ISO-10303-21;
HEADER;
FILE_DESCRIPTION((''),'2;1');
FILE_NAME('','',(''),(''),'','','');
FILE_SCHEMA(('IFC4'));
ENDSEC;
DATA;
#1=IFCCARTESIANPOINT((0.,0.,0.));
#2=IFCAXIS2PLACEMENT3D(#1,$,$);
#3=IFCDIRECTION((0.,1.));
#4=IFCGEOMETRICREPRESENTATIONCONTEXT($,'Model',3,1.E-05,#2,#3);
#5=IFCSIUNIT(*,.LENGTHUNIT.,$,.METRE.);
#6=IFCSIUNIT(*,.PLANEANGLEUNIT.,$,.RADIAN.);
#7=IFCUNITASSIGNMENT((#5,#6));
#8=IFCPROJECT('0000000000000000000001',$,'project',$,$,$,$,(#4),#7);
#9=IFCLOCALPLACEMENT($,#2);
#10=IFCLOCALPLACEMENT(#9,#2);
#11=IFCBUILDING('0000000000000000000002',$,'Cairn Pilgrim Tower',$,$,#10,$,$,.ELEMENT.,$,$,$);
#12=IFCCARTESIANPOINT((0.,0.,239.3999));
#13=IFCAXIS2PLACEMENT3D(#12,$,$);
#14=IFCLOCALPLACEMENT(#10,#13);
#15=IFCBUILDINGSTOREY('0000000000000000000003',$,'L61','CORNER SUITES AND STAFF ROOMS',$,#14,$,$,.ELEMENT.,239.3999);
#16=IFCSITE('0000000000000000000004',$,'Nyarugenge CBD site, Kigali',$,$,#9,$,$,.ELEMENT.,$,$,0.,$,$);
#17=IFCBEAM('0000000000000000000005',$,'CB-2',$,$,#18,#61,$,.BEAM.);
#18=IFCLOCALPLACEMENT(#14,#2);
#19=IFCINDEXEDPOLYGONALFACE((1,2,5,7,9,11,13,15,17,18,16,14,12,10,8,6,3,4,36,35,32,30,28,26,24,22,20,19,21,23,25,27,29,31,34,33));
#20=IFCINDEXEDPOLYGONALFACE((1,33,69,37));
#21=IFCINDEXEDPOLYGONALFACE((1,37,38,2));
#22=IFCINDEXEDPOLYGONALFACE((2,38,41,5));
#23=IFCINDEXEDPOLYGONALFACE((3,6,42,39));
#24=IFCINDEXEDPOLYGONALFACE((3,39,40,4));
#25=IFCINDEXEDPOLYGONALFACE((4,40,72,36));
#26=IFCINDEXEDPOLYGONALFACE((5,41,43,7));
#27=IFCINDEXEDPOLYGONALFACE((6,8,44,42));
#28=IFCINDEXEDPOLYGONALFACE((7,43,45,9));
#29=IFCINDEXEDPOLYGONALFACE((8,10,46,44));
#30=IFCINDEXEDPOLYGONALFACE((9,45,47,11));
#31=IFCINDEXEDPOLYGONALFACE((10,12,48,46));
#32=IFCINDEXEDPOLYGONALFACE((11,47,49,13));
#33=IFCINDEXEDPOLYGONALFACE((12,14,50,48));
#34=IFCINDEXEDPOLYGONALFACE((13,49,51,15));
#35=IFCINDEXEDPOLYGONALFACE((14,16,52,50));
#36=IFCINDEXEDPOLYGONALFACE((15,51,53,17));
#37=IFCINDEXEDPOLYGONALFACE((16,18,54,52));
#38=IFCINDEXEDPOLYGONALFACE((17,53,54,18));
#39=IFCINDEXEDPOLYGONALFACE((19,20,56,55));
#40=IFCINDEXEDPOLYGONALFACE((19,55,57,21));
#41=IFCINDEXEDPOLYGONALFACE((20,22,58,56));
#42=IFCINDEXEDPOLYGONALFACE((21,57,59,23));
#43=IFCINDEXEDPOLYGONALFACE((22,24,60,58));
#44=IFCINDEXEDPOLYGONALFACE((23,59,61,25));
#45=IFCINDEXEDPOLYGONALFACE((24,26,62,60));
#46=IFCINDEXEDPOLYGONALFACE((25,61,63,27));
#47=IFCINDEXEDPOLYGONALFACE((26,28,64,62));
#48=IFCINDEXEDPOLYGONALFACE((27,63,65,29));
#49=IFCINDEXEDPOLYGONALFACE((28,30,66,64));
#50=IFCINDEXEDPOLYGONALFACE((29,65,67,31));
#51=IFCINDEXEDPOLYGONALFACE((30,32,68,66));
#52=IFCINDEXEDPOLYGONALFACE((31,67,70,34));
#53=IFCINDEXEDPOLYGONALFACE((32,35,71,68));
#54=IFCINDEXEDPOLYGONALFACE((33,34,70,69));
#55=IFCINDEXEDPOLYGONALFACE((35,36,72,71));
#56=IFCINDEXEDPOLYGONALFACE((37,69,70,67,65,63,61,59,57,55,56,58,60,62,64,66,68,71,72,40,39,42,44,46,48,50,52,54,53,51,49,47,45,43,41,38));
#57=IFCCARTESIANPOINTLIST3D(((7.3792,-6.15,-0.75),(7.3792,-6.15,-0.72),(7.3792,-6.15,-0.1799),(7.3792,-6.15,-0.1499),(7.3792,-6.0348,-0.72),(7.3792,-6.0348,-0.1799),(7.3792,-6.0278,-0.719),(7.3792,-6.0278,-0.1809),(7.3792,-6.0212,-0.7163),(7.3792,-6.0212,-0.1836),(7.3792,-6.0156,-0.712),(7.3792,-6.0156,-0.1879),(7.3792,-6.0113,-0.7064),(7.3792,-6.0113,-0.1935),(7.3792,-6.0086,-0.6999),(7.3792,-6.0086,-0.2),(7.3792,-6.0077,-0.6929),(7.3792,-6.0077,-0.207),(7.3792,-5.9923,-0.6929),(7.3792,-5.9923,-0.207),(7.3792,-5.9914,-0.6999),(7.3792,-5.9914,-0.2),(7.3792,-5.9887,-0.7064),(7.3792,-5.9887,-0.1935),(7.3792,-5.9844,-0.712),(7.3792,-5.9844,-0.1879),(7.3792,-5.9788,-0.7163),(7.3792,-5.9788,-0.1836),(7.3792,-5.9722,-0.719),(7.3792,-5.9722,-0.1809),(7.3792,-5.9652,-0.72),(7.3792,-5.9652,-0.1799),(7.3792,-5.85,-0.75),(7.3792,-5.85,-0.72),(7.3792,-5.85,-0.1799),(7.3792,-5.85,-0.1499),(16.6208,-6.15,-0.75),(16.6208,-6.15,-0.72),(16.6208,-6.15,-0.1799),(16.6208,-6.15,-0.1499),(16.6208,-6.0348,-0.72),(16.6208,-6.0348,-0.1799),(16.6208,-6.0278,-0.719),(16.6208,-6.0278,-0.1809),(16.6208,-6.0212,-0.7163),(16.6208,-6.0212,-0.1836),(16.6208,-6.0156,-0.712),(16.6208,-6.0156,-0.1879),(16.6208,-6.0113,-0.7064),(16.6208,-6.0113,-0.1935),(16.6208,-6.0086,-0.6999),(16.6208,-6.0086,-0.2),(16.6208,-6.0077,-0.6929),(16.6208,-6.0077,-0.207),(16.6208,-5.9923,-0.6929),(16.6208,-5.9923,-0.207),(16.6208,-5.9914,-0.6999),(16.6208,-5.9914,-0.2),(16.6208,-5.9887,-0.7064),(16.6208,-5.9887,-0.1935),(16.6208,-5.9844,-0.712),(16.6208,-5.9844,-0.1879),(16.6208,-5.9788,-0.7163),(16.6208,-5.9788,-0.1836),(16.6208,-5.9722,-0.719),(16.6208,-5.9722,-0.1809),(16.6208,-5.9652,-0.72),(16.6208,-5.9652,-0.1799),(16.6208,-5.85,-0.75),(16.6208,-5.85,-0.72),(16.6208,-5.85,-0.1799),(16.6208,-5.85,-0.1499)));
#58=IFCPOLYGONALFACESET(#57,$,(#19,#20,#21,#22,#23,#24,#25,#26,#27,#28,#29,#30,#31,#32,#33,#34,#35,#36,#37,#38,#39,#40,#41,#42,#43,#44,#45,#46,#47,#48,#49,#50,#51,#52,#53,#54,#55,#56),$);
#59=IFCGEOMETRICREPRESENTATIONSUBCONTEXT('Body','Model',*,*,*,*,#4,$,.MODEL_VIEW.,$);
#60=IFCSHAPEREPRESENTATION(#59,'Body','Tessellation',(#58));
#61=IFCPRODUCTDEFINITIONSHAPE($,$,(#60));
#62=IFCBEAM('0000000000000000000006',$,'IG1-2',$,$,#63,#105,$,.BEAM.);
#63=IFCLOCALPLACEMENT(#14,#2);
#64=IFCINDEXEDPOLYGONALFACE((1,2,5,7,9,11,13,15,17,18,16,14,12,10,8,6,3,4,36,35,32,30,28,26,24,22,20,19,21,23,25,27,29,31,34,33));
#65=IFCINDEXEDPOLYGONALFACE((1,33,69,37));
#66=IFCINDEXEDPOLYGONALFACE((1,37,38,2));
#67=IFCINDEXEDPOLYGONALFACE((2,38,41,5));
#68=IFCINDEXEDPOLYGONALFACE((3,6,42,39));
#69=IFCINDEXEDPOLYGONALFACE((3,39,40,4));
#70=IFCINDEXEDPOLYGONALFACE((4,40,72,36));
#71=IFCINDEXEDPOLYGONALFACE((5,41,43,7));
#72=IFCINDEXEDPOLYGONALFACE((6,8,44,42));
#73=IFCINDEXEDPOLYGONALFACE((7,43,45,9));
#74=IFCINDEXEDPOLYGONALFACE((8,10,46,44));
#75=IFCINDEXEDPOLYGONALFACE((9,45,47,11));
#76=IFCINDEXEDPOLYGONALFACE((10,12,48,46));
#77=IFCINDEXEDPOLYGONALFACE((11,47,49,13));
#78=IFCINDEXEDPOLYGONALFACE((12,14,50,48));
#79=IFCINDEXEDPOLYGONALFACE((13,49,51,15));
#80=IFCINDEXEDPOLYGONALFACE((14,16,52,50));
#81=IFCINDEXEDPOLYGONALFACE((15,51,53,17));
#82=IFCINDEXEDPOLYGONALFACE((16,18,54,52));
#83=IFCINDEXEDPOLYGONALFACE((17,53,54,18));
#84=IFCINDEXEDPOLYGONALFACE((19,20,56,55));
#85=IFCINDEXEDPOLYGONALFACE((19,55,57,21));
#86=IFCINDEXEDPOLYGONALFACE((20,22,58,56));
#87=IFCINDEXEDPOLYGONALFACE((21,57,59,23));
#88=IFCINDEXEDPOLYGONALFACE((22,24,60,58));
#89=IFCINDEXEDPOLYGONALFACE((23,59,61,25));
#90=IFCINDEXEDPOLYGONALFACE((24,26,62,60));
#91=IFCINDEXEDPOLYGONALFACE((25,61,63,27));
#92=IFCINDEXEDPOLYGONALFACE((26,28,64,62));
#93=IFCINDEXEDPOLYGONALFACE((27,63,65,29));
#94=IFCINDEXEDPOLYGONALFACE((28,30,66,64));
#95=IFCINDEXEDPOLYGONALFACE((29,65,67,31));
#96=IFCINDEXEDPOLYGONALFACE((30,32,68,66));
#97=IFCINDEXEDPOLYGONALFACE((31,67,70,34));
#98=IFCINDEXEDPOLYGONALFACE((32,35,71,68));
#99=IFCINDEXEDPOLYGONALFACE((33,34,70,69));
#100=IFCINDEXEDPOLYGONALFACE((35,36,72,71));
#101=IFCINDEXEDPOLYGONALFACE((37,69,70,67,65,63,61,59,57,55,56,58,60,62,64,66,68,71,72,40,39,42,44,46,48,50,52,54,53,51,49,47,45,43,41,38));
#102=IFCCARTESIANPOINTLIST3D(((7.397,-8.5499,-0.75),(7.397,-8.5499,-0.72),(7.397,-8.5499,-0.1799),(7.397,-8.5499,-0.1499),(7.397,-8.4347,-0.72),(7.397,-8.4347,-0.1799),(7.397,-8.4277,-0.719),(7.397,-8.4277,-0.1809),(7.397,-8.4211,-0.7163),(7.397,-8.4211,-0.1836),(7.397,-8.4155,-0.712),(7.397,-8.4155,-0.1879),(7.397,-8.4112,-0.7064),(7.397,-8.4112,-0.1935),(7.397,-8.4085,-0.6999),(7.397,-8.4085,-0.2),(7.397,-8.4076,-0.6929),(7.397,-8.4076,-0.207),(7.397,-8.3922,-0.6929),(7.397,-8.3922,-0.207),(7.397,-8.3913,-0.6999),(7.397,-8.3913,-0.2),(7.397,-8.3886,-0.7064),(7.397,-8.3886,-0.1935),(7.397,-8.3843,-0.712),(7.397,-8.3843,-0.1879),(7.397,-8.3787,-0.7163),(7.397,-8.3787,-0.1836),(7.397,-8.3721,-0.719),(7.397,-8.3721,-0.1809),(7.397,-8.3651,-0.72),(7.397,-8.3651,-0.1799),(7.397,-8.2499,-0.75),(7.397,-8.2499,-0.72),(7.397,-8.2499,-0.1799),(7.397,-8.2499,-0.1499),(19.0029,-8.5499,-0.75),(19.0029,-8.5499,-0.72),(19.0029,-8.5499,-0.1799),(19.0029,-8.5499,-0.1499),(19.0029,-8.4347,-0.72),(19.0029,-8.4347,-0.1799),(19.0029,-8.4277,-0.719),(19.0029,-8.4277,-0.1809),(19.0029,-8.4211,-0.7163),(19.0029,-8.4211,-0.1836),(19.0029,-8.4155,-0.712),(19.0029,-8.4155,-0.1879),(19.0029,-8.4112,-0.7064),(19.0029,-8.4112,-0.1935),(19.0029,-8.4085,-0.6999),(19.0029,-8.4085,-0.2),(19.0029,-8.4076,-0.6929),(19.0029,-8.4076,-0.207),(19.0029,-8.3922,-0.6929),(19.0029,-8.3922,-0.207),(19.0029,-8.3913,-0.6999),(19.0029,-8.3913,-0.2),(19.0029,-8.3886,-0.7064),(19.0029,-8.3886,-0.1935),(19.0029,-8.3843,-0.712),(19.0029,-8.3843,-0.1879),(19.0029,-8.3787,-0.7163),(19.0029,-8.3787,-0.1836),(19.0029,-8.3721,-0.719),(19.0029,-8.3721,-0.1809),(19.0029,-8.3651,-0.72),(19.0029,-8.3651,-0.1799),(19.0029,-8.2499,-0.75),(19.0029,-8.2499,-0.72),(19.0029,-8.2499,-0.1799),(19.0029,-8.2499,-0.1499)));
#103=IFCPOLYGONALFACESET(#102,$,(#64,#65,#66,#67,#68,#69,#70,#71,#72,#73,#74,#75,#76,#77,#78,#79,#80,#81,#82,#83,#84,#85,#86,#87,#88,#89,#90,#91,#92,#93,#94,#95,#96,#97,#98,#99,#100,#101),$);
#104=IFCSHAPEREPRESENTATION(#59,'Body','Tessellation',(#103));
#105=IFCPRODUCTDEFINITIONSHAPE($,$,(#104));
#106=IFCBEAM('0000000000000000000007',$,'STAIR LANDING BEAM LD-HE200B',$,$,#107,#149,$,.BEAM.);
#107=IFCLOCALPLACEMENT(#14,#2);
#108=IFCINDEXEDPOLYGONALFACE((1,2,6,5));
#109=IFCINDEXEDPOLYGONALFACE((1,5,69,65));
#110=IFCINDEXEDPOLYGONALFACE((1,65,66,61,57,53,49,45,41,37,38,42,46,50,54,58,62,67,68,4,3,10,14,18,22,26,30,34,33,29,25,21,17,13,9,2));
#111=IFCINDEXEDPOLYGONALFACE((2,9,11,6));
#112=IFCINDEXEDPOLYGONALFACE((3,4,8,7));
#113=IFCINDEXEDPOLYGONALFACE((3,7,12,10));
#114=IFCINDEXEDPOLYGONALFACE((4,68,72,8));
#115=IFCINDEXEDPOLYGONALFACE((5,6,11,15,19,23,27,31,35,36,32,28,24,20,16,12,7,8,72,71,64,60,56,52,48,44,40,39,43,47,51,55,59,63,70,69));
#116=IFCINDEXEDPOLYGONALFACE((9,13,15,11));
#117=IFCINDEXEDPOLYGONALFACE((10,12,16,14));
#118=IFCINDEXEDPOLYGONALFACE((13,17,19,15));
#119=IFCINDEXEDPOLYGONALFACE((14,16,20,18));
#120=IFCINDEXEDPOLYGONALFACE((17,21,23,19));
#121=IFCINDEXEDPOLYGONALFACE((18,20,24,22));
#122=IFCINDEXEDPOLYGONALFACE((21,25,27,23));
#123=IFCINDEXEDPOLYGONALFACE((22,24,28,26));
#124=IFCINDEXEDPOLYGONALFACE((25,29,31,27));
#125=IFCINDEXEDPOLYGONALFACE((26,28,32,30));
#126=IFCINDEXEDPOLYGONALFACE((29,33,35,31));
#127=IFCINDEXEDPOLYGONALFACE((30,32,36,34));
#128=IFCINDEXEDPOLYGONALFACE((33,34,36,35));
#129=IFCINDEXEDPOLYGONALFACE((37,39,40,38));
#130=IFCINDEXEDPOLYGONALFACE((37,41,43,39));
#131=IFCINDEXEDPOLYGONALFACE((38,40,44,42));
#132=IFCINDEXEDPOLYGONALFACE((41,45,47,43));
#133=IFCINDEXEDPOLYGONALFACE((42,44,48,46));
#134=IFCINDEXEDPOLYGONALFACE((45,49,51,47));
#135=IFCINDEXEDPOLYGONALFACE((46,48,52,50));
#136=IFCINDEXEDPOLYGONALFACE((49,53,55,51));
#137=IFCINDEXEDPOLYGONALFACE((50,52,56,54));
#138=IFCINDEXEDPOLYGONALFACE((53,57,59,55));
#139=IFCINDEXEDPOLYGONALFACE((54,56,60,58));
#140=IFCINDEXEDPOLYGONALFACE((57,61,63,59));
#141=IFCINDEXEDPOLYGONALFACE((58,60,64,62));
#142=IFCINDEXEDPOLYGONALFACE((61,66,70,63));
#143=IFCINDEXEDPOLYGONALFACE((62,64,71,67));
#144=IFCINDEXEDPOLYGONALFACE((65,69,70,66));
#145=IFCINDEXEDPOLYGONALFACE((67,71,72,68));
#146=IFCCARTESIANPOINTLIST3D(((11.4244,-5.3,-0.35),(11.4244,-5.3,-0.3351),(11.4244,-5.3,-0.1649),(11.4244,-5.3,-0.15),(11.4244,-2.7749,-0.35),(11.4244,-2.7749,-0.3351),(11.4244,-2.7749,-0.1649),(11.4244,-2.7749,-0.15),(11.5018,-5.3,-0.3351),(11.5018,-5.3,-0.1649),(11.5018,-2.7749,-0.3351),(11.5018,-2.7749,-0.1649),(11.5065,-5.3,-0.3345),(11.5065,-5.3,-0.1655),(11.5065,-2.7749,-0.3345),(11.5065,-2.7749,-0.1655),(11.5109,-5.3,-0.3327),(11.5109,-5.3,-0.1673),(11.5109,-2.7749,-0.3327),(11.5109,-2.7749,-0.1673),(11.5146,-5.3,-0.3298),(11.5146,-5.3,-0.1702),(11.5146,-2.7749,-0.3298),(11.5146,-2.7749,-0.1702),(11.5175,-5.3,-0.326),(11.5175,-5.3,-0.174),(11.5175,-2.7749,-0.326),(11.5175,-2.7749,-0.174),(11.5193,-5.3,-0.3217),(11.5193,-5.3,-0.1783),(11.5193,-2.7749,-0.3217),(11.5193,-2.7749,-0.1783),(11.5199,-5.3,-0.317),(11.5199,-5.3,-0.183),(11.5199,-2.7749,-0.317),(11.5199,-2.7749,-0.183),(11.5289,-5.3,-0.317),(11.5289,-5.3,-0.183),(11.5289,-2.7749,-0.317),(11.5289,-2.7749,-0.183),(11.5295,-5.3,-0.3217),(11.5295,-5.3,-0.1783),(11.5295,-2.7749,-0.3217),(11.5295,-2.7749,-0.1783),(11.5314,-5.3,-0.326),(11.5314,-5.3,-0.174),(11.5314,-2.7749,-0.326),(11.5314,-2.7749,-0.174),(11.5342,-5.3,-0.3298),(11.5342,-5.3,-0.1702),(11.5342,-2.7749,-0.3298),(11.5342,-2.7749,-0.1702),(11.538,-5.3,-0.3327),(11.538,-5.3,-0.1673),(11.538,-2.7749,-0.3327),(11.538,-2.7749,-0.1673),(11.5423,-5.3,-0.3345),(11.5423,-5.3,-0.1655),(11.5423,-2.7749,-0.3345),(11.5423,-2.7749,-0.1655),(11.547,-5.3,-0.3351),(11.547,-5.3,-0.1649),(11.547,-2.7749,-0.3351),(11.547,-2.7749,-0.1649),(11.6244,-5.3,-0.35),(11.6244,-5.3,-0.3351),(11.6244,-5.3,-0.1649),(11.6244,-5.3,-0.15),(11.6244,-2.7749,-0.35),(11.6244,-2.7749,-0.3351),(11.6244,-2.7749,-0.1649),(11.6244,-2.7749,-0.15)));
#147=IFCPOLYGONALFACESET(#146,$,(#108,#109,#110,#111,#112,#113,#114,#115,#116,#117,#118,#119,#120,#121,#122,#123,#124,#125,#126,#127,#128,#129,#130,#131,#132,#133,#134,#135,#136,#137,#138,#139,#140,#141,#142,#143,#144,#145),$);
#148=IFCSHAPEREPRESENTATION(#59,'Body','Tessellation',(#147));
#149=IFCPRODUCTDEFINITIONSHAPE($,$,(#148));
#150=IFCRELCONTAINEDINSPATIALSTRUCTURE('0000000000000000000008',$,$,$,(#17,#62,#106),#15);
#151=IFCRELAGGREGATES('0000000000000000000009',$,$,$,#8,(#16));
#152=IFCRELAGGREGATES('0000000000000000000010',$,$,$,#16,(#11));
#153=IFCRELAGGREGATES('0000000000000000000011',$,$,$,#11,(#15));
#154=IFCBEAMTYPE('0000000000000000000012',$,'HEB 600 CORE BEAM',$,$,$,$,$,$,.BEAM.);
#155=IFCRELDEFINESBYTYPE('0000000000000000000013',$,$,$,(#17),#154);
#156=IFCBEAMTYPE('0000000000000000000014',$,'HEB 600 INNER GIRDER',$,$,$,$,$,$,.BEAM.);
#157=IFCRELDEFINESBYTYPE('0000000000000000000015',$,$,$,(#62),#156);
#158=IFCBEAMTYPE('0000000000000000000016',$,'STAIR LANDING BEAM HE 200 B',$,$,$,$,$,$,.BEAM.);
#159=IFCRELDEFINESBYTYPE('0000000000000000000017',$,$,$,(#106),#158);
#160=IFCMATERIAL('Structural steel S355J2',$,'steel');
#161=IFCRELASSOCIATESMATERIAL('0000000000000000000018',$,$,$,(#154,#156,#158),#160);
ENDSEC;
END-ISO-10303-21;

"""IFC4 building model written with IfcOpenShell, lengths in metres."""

from ifc_helpers import new_model, si_unit, direction, frame, origin, origin_2d, place, context, subcontext, project, spatial, i_section, extrude, material, material_profile, profile_set, type_object, element, save


model = new_model("IFC4")

# Units and contexts
model_context = context("Model", 3, precision=1e-05, world=origin(), true_north=direction((0.0, 1.0)))
body_context = subcontext(model_context, "Body", "Model", "MODEL_VIEW")
ifc_project = project(units=[si_unit("LENGTHUNIT", "METRE"), si_unit("PLANEANGLEUNIT", "RADIAN")], contexts=[model_context])

# Site, building, storey
site_placement = place(None, origin())
site = spatial("IfcSite", under=ifc_project, at=site_placement, Name="Nyarugenge CBD site, Kigali", CompositionType="ELEMENT", RefElevation=0.0)
building_placement = place(site_placement, origin())
building = spatial("IfcBuilding", under=site, at=building_placement, Name="Cairn Pilgrim Tower", CompositionType="ELEMENT")
storey_placement = place(building_placement, frame((0.0, 0.0, 239.3999)))
storey = spatial("IfcBuildingStorey", under=building, at=storey_placement, Name="L61", Description="CORNER SUITES AND STAFF ROOMS", CompositionType="ELEMENT", Elevation=239.3999)

# Shared definitions
ifc_material_1 = material(Name="Structural steel S355J2", Category="steel")

# Beams
ifc_material_profile_1 = material_profile(ifc_material_1, i_section(OverallWidth=0.3, OverallDepth=0.6001, WebThickness=0.0154, FlangeThickness=0.03, FilletRadius=0.0271, at=origin_2d()), Name="HEB 600")
ifc_profile_set_1 = profile_set([ifc_material_profile_1], Name="Structural steel S355J2")
beam_type_1 = type_object("IfcBeamType", Name="HEB 600 CORE BEAM", PredefinedType="BEAM", material=ifc_profile_set_1)
beam_1_placement = place(storey_placement, frame((7.3792, -6.0, -0.45), z_axis=(1.0, 0.0, 0.0), x_axis=(0.0, 1.0, 0.0)))
element("IfcBeam", 1, at=beam_1_placement, inside=storey, type_object=beam_type_1, Name="CB-2", PredefinedType="BEAM", context=body_context, shape_type="SweptSolid", body=[
    extrude(i_section(OverallWidth=0.3, OverallDepth=0.6001, WebThickness=0.0154, FlangeThickness=0.03, FilletRadius=0.0271, at=origin_2d()), origin(), (0.0, 0.0, 1.0), 9.2417),
])
ifc_material_profile_2 = material_profile(ifc_material_1, i_section(OverallWidth=0.3, OverallDepth=0.6001, WebThickness=0.0154, FlangeThickness=0.03, FilletRadius=0.0271, at=origin_2d()), Name="HEB 600")
ifc_profile_set_2 = profile_set([ifc_material_profile_2], Name="Structural steel S355J2")
beam_type_2 = type_object("IfcBeamType", Name="HEB 600 INNER GIRDER", PredefinedType="BEAM", material=ifc_profile_set_2)
beam_2_placement = place(storey_placement, frame((7.397, -8.3999, -0.45), z_axis=(1.0, 0.0, 0.0), x_axis=(0.0, 1.0, 0.0)))
element("IfcBeam", 2, at=beam_2_placement, inside=storey, type_object=beam_type_2, Name="IG1-2", PredefinedType="BEAM", context=body_context, shape_type="SweptSolid", body=[
    extrude(i_section(OverallWidth=0.3, OverallDepth=0.6001, WebThickness=0.0154, FlangeThickness=0.03, FilletRadius=0.0271, at=origin_2d()), origin(), (0.0, 0.0, 1.0), 11.606),
])
ifc_material_profile_3 = material_profile(ifc_material_1, i_section(OverallWidth=0.2, OverallDepth=0.2, WebThickness=0.009, FlangeThickness=0.0149, FilletRadius=0.0181, at=origin_2d()), Name="HE 200 B")
ifc_profile_set_3 = profile_set([ifc_material_profile_3], Name="Structural steel S355J2")
beam_type_3 = type_object("IfcBeamType", Name="STAIR LANDING BEAM HE 200 B", PredefinedType="BEAM", material=ifc_profile_set_3)
beam_3_placement = place(storey_placement, frame((11.5244, -2.7749, -0.25), z_axis=(0.0, -1.0, 0.0), x_axis=(1.0, 0.0, 0.0)))
element("IfcBeam", 3, at=beam_3_placement, inside=storey, type_object=beam_type_3, Name="STAIR LANDING BEAM LD-HE200B", PredefinedType="BEAM", context=body_context, shape_type="SweptSolid", body=[
    extrude(i_section(OverallWidth=0.2, OverallDepth=0.2, WebThickness=0.009, FlangeThickness=0.0149, FilletRadius=0.0181, at=origin_2d()), origin(), (0.0, 0.0, 1.0), 2.5251),
])

save(model, "model.ifc")
